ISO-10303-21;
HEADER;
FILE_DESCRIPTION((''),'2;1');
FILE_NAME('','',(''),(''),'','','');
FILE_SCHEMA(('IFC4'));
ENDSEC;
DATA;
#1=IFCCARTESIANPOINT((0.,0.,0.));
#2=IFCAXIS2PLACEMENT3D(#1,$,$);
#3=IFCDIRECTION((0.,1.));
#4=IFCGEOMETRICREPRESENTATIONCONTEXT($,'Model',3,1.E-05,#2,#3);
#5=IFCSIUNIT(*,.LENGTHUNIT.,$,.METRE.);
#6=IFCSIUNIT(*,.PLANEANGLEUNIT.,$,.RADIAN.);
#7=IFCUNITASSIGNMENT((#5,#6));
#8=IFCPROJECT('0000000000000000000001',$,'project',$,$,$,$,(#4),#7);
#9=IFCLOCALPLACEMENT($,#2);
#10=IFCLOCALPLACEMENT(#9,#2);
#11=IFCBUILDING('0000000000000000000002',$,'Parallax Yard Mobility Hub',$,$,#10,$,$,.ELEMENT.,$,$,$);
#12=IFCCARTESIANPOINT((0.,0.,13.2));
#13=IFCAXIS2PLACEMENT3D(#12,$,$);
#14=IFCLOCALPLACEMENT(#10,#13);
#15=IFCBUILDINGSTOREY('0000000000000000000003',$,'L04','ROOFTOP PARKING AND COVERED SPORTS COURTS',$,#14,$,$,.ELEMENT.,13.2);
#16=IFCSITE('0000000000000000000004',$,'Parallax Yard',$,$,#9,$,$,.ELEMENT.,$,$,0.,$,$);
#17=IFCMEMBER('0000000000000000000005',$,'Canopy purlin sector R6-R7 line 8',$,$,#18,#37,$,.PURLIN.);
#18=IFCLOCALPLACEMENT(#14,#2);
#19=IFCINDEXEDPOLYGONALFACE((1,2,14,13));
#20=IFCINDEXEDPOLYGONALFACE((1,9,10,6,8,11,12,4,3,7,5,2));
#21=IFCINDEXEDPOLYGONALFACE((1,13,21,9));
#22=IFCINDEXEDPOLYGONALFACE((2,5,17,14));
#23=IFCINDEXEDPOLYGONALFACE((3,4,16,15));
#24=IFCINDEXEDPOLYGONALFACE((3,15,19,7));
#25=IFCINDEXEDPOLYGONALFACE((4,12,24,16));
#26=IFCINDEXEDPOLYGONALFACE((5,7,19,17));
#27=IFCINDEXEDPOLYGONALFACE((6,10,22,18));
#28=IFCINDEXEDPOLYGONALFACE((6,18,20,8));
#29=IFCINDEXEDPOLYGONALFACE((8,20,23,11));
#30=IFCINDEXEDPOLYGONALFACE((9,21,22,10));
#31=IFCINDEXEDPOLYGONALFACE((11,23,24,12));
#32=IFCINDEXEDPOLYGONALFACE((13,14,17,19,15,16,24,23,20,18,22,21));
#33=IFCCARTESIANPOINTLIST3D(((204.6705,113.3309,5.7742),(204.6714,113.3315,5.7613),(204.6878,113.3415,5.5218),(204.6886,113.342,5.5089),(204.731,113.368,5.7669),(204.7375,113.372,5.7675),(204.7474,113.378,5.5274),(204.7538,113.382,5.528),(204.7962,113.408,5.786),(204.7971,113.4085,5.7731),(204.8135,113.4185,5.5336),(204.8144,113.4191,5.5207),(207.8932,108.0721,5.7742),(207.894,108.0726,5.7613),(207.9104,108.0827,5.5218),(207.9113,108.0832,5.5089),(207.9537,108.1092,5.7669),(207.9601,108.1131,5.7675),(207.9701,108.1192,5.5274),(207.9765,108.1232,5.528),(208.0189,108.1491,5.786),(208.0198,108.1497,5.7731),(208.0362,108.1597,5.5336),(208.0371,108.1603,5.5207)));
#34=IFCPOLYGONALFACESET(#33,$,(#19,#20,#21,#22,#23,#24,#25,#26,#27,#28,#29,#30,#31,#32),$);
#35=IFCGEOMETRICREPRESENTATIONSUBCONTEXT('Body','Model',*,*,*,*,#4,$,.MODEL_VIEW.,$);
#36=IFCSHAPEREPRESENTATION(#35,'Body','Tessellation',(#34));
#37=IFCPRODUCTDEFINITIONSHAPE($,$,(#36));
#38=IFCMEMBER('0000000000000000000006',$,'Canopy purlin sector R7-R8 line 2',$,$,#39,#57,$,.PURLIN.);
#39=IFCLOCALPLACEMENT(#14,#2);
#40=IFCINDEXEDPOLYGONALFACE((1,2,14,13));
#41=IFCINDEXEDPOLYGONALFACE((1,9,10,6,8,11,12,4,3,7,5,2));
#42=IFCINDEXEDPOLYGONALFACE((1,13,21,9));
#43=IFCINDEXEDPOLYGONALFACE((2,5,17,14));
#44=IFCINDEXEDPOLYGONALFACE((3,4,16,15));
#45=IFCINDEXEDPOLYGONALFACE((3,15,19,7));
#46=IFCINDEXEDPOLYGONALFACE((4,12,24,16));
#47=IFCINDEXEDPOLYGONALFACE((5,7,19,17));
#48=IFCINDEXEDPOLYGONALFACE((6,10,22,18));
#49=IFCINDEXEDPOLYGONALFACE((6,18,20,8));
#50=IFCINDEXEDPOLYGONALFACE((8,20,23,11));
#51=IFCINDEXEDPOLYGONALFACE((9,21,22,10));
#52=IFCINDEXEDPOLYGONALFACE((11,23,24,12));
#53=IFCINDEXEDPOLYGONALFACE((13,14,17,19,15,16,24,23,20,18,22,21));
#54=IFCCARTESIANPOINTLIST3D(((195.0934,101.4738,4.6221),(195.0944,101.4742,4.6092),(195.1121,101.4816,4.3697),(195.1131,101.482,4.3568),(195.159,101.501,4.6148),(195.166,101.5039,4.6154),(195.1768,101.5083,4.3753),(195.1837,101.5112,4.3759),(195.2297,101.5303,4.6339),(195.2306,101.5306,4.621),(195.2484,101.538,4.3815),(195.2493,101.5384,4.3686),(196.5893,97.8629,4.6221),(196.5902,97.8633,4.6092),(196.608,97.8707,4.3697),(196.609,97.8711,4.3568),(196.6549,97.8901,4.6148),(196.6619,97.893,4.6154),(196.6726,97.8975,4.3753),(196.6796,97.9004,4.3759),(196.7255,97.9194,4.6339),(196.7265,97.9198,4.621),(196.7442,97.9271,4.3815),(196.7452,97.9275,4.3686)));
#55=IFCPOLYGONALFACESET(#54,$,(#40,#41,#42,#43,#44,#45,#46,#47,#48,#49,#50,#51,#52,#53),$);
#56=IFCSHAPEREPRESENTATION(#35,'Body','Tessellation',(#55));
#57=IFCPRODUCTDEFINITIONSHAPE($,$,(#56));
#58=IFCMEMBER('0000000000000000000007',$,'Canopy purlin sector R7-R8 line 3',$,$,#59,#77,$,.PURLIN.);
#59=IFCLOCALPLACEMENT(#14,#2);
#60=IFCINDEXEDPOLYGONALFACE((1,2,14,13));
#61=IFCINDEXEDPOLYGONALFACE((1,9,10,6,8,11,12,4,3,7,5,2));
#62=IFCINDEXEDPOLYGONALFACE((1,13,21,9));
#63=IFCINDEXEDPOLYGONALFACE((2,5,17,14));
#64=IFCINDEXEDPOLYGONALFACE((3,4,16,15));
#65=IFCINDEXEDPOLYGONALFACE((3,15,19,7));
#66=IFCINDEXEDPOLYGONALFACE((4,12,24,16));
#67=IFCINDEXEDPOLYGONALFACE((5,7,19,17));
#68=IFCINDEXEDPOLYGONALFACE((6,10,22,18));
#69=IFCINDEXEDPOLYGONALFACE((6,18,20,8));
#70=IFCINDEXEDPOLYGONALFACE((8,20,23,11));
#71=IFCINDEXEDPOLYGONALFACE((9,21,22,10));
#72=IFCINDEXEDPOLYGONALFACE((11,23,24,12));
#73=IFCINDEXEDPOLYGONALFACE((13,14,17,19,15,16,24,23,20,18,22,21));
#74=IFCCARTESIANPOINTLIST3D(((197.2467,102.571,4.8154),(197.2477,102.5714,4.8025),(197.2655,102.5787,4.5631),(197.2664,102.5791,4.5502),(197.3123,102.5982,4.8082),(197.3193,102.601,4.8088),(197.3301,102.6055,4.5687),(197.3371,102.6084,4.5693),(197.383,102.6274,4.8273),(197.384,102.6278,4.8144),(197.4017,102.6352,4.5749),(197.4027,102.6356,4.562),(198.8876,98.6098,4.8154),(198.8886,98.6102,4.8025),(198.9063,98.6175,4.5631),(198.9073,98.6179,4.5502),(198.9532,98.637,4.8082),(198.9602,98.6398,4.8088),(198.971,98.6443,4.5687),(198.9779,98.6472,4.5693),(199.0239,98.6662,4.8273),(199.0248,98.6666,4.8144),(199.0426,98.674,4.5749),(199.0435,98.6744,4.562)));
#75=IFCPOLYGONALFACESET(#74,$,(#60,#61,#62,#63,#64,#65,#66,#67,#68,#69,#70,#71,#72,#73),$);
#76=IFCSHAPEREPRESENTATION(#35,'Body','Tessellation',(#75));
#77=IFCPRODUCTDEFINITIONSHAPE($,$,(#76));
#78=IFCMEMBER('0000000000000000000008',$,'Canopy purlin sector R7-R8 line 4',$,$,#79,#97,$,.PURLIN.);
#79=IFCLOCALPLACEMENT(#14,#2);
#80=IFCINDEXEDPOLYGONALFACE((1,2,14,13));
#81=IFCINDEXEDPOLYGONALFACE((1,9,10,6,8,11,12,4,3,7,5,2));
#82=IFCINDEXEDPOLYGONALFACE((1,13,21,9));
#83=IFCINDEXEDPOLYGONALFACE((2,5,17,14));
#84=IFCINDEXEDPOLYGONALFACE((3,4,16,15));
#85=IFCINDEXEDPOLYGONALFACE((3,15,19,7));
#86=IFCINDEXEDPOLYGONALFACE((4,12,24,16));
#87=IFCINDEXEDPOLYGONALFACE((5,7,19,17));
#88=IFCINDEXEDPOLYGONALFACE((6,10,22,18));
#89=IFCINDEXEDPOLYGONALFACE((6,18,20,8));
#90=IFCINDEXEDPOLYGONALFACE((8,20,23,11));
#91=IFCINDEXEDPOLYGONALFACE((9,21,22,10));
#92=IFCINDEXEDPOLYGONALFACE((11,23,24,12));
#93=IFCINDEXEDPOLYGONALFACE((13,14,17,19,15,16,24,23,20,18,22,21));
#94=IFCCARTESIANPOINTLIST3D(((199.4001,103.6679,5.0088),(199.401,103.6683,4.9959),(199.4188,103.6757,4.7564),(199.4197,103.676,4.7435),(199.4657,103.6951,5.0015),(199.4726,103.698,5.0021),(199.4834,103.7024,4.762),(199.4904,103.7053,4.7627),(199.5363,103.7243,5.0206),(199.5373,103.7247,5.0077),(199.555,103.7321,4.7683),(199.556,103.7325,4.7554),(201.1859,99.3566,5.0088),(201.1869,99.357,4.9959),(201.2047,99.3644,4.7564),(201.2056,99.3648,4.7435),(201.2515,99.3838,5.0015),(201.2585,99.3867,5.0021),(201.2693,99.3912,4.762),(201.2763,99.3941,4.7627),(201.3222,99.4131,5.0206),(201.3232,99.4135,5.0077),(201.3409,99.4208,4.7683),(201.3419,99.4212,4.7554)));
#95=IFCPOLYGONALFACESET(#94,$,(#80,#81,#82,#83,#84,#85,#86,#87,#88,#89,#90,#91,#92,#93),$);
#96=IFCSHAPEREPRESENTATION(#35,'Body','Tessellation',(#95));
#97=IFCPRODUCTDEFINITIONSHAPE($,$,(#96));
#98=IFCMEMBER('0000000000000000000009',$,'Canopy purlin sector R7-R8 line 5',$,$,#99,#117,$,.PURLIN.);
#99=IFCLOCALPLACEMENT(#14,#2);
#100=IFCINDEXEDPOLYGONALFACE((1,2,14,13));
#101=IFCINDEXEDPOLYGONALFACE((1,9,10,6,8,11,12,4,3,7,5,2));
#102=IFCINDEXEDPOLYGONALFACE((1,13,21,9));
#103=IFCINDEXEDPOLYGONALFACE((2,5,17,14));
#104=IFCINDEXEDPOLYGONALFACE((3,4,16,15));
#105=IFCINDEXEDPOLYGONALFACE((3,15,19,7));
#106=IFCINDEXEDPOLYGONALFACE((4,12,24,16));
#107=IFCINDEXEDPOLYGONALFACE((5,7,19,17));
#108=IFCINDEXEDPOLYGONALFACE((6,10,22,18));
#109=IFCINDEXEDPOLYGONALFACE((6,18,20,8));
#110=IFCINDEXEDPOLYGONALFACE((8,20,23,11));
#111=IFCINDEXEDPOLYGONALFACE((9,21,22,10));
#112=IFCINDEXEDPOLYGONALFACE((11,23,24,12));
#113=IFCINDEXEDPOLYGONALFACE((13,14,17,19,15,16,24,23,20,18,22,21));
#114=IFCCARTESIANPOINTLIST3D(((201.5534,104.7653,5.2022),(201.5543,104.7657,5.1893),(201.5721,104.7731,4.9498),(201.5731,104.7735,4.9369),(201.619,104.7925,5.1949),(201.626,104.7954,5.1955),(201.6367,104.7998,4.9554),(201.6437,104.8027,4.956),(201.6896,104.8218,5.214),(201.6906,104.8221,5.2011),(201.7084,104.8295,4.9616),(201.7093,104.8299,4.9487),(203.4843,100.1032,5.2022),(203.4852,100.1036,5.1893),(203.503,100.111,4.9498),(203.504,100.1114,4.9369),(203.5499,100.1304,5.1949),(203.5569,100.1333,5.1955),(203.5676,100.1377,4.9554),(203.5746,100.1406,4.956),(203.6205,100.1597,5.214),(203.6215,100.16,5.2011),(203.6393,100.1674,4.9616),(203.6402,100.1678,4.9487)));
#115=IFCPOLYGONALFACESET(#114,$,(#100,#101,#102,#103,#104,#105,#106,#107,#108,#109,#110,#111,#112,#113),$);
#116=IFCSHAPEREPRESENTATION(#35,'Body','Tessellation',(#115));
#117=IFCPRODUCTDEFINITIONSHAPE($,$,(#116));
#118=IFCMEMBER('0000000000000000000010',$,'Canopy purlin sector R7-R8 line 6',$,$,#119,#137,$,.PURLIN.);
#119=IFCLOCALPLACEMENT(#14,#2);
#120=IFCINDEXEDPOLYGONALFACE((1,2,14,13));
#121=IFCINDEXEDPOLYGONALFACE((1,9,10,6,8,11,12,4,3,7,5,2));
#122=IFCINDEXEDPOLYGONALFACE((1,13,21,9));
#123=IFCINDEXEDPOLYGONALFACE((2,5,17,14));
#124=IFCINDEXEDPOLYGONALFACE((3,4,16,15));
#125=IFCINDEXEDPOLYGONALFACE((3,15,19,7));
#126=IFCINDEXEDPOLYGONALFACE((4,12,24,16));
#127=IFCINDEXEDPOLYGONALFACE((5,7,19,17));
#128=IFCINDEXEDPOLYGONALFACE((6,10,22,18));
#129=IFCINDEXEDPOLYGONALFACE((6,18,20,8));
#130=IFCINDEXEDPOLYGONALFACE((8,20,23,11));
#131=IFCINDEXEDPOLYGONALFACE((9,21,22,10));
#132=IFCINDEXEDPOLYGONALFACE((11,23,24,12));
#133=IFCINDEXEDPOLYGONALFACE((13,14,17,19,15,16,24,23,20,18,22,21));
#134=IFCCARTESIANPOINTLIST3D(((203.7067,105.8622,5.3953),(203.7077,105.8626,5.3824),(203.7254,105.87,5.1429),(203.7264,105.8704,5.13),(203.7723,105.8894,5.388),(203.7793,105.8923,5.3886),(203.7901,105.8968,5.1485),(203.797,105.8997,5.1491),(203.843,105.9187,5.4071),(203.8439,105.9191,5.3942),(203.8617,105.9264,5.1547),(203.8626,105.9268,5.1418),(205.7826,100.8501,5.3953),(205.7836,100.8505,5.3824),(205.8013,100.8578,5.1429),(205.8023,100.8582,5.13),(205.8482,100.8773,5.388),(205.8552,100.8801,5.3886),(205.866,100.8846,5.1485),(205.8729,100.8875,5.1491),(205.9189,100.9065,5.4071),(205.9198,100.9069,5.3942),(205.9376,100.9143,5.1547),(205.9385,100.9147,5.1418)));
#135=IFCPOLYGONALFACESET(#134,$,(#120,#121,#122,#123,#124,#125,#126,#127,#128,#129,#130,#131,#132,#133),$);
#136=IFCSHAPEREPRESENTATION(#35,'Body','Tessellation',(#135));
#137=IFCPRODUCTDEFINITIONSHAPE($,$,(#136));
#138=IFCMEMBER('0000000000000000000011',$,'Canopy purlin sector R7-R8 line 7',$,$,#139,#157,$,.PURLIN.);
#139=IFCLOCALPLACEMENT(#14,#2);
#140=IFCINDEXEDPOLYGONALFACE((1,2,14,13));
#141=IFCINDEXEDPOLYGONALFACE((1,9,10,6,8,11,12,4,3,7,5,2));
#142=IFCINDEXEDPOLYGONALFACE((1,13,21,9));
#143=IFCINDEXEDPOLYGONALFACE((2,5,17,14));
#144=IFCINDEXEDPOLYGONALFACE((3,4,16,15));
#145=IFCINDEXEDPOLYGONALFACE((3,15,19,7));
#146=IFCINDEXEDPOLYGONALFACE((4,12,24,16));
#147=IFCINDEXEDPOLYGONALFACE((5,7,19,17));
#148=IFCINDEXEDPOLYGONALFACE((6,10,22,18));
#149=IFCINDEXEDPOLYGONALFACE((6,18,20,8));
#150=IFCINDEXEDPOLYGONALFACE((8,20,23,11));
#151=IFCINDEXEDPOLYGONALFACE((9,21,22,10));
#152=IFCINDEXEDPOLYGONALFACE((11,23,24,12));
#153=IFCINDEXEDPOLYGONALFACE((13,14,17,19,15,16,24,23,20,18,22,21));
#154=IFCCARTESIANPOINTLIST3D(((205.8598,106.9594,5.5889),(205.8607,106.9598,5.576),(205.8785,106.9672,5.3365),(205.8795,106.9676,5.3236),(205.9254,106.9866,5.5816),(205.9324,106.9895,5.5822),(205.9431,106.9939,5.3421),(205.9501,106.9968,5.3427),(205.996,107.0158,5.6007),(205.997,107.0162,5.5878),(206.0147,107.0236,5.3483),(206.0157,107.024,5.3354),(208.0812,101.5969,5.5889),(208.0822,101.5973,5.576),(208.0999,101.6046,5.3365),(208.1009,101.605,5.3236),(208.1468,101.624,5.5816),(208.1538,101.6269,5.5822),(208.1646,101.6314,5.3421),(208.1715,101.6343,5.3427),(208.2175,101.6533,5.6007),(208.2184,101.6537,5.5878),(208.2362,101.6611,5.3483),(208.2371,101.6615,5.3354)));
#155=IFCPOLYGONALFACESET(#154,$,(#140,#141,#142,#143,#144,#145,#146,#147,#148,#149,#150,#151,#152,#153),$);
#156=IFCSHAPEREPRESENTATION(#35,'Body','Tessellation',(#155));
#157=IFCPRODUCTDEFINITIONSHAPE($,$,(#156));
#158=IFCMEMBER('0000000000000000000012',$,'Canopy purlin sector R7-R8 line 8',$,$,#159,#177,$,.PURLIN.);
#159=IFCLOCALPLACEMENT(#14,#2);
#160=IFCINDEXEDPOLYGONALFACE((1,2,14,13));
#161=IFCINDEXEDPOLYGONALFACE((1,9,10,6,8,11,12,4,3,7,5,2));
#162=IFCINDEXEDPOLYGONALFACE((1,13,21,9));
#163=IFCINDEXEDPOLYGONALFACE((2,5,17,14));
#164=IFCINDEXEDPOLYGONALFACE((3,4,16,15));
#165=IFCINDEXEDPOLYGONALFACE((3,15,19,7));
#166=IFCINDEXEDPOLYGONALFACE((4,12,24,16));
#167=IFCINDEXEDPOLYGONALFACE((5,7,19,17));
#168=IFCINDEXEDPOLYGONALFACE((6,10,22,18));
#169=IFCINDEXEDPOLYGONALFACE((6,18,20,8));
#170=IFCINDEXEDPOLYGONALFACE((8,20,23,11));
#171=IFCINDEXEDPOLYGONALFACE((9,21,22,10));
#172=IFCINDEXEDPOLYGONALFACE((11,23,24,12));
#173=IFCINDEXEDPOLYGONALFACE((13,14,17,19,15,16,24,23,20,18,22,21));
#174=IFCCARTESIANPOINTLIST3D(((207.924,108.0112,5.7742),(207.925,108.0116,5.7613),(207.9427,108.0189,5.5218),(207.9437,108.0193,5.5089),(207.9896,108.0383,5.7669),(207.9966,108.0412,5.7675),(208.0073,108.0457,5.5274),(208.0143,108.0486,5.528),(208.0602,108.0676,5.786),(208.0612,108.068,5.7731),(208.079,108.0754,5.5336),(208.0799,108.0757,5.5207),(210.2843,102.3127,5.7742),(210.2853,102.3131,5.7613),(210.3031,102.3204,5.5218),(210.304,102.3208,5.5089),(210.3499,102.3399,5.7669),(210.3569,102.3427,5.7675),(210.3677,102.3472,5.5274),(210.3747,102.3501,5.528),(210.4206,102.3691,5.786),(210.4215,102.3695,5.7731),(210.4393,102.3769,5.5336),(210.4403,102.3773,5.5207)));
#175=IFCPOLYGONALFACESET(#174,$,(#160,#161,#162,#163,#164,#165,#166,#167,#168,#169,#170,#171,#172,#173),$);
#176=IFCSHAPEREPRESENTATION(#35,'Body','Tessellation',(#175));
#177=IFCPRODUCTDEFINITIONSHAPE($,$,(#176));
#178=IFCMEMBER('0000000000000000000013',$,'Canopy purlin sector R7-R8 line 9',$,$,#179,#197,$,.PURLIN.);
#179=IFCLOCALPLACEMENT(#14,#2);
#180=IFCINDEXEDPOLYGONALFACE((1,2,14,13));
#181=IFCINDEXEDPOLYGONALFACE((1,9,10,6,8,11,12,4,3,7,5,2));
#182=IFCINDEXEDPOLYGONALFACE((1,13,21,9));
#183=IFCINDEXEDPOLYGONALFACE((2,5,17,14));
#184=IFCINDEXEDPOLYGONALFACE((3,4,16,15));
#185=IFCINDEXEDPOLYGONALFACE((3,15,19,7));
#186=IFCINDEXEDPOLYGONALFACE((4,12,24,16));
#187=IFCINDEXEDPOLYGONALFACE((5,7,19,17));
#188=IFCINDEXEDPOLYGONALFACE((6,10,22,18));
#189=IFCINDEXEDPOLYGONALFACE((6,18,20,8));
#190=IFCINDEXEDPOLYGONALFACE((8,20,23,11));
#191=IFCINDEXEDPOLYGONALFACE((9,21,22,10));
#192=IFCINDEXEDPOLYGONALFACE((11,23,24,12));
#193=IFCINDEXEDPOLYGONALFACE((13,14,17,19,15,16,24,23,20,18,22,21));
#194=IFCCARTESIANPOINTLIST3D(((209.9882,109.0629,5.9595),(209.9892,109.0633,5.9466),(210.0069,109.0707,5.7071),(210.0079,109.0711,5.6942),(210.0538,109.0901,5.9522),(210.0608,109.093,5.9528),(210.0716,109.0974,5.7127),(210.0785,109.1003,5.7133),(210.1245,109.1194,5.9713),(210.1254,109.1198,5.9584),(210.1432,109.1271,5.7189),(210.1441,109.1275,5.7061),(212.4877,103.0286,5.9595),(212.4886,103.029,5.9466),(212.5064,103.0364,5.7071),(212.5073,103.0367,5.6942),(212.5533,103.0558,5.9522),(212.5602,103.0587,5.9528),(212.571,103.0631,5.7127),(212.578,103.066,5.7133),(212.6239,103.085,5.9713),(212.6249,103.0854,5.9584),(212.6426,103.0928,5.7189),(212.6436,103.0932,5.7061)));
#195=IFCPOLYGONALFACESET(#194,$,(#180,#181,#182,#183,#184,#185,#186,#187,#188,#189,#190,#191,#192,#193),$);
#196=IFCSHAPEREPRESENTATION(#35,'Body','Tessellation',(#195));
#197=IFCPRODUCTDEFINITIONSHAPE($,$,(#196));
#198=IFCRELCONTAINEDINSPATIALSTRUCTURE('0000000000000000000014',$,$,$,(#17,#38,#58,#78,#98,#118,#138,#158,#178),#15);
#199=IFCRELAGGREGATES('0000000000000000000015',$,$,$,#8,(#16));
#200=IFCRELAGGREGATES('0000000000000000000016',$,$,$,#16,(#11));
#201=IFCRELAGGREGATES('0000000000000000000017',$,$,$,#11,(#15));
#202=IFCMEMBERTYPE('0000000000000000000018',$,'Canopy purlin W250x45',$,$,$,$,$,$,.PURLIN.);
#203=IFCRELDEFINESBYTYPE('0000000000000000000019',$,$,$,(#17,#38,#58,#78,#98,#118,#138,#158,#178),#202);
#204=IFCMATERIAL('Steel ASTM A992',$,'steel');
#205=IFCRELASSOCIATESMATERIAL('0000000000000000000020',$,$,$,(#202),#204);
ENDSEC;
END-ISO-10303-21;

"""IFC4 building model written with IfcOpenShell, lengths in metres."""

from ifc_helpers import new_model, si_unit, direction, frame, origin, origin_2d, place, context, subcontext, project, spatial, i_section, extrude, material, material_profile, profile_set, type_object, element, save


model = new_model("IFC4")

# Units and contexts
model_context = context("Model", 3, precision=1e-05, world=origin(), true_north=direction((0.0, 1.0)))
body_context = subcontext(model_context, "Body", "Model", "MODEL_VIEW")
ifc_project = project(units=[si_unit("LENGTHUNIT", "METRE"), si_unit("PLANEANGLEUNIT", "RADIAN")], contexts=[model_context])

# Site, building, storey
site_placement = place(None, origin())
site = spatial("IfcSite", under=ifc_project, at=site_placement, Name="Parallax Yard", CompositionType="ELEMENT", RefElevation=0.0)
building_placement = place(site_placement, origin())
building = spatial("IfcBuilding", under=site, at=building_placement, Name="Parallax Yard Mobility Hub", CompositionType="ELEMENT")
storey_placement = place(building_placement, frame((0.0, 0.0, 13.2)))
storey = spatial("IfcBuildingStorey", under=building, at=storey_placement, Name="L04", Description="ROOFTOP PARKING AND COVERED SPORTS COURTS", CompositionType="ELEMENT", Elevation=13.2)

# Members
ifc_material_1 = material(Name="Steel ASTM A992", Category="steel")
ifc_material_profile_1 = material_profile(ifc_material_1, i_section(OverallWidth=0.1479, OverallDepth=0.2661, WebThickness=0.0076, FlangeThickness=0.0129, at=origin_2d()), Name="W250x45")
ifc_profile_set_1 = profile_set([ifc_material_profile_1], Name="Steel ASTM A992")
member_type_1 = type_object("IfcMemberType", Name="Canopy purlin W250x45", PredefinedType="PURLIN", material=ifc_profile_set_1)
member_1_placement = place(storey_placement, frame((204.7424, 113.375, 5.6475), z_axis=(0.522506, -0.852635, 0.0), x_axis=(0.849903, 0.520832, 0.07999)))
element("IfcMember", 1, at=member_1_placement, inside=storey, type_object=member_type_1, Name="Canopy purlin sector R6-R7 line 8", PredefinedType="PURLIN", context=body_context, shape_type="SweptSolid", body=[
    extrude(i_section(OverallWidth=0.1479, OverallDepth=0.2661, WebThickness=0.0076, FlangeThickness=0.0129, at=origin_2d()), origin(), (0.0, 0.0, 1.0), 6.1677),
])
member_2_placement = place(storey_placement, frame((195.1714, 101.5061, 4.4954), z_axis=(0.382725, -0.923862, 0.0), x_axis=(0.920902, 0.381499, 0.07999)))
element("IfcMember", 2, at=member_2_placement, inside=storey, type_object=member_type_1, Name="Canopy purlin sector R7-R8 line 2", PredefinedType="PURLIN", context=body_context, shape_type="SweptSolid", body=[
    extrude(i_section(OverallWidth=0.1479, OverallDepth=0.2661, WebThickness=0.0076, FlangeThickness=0.0129, at=origin_2d()), origin(), (0.0, 0.0, 1.0), 3.9084),
])
member_3_placement = place(storey_placement, frame((197.3247, 102.6033, 4.6887), z_axis=(0.382702, -0.923872, 0.0), x_axis=(0.920911, 0.381476, 0.07999)))
element("IfcMember", 3, at=member_3_placement, inside=storey, type_object=member_type_1, Name="Canopy purlin sector R7-R8 line 3", PredefinedType="PURLIN", context=body_context, shape_type="SweptSolid", body=[
    extrude(i_section(OverallWidth=0.1479, OverallDepth=0.2661, WebThickness=0.0076, FlangeThickness=0.0129, at=origin_2d()), origin(), (0.0, 0.0, 1.0), 4.2876),
])
member_4_placement = place(storey_placement, frame((199.478, 103.7002, 4.8821), z_axis=(0.382701, -0.923872, 0.0), x_axis=(0.920912, 0.381475, 0.07999)))
element("IfcMember", 4, at=member_4_placement, inside=storey, type_object=member_type_1, Name="Canopy purlin sector R7-R8 line 4", PredefinedType="PURLIN", context=body_context, shape_type="SweptSolid", body=[
    extrude(i_section(OverallWidth=0.1479, OverallDepth=0.2661, WebThickness=0.0076, FlangeThickness=0.0129, at=origin_2d()), origin(), (0.0, 0.0, 1.0), 4.6665),
])
member_5_placement = place(storey_placement, frame((201.6313, 104.7976, 5.0754), z_axis=(0.382649, -0.923894, 0.0), x_axis=(0.920933, 0.381423, 0.07999)))
element("IfcMember", 5, at=member_5_placement, inside=storey, type_object=member_type_1, Name="Canopy purlin sector R7-R8 line 5", PredefinedType="PURLIN", context=body_context, shape_type="SweptSolid", body=[
    extrude(i_section(OverallWidth=0.1479, OverallDepth=0.2661, WebThickness=0.0076, FlangeThickness=0.0129, at=origin_2d()), origin(), (0.0, 0.0, 1.0), 5.0461),
])
member_6_placement = place(storey_placement, frame((203.7847, 105.8945, 5.2686), z_axis=(0.382653, -0.923892, 0.0), x_axis=(0.920932, 0.381426, 0.07999)))
element("IfcMember", 6, at=member_6_placement, inside=storey, type_object=member_type_1, Name="Canopy purlin sector R7-R8 line 6", PredefinedType="PURLIN", context=body_context, shape_type="SweptSolid", body=[
    extrude(i_section(OverallWidth=0.1479, OverallDepth=0.2661, WebThickness=0.0076, FlangeThickness=0.0129, at=origin_2d()), origin(), (0.0, 0.0, 1.0), 5.425),
])
member_7_placement = place(storey_placement, frame((205.9377, 106.9917, 5.4622), z_axis=(0.382712, -0.923868, 0.0), x_axis=(0.920907, 0.381486, 0.07999)))
element("IfcMember", 7, at=member_7_placement, inside=storey, type_object=member_type_1, Name="Canopy purlin sector R7-R8 line 7", PredefinedType="PURLIN", context=body_context, shape_type="SweptSolid", body=[
    extrude(i_section(OverallWidth=0.1479, OverallDepth=0.2661, WebThickness=0.0076, FlangeThickness=0.0129, at=origin_2d()), origin(), (0.0, 0.0, 1.0), 5.8044),
])
member_8_placement = place(storey_placement, frame((208.002, 108.0435, 5.6475), z_axis=(0.382678, -0.923882, 0.0), x_axis=(0.920921, 0.381452, 0.07999)))
element("IfcMember", 8, at=member_8_placement, inside=storey, type_object=member_type_1, Name="Canopy purlin sector R7-R8 line 8", PredefinedType="PURLIN", context=body_context, shape_type="SweptSolid", body=[
    extrude(i_section(OverallWidth=0.1479, OverallDepth=0.2661, WebThickness=0.0076, FlangeThickness=0.0129, at=origin_2d()), origin(), (0.0, 0.0, 1.0), 6.168),
])
member_9_placement = place(storey_placement, frame((210.0662, 109.0952, 5.8328), z_axis=(0.38268, -0.923881, 0.0), x_axis=(0.920921, 0.381453, 0.07999)))
element("IfcMember", 9, at=member_9_placement, inside=storey, type_object=member_type_1, Name="Canopy purlin sector R7-R8 line 9", PredefinedType="PURLIN", context=body_context, shape_type="SweptSolid", body=[
    extrude(i_section(OverallWidth=0.1479, OverallDepth=0.2661, WebThickness=0.0076, FlangeThickness=0.0129, at=origin_2d()), origin(), (0.0, 0.0, 1.0), 6.5315),
])

save(model, "model.ifc")
